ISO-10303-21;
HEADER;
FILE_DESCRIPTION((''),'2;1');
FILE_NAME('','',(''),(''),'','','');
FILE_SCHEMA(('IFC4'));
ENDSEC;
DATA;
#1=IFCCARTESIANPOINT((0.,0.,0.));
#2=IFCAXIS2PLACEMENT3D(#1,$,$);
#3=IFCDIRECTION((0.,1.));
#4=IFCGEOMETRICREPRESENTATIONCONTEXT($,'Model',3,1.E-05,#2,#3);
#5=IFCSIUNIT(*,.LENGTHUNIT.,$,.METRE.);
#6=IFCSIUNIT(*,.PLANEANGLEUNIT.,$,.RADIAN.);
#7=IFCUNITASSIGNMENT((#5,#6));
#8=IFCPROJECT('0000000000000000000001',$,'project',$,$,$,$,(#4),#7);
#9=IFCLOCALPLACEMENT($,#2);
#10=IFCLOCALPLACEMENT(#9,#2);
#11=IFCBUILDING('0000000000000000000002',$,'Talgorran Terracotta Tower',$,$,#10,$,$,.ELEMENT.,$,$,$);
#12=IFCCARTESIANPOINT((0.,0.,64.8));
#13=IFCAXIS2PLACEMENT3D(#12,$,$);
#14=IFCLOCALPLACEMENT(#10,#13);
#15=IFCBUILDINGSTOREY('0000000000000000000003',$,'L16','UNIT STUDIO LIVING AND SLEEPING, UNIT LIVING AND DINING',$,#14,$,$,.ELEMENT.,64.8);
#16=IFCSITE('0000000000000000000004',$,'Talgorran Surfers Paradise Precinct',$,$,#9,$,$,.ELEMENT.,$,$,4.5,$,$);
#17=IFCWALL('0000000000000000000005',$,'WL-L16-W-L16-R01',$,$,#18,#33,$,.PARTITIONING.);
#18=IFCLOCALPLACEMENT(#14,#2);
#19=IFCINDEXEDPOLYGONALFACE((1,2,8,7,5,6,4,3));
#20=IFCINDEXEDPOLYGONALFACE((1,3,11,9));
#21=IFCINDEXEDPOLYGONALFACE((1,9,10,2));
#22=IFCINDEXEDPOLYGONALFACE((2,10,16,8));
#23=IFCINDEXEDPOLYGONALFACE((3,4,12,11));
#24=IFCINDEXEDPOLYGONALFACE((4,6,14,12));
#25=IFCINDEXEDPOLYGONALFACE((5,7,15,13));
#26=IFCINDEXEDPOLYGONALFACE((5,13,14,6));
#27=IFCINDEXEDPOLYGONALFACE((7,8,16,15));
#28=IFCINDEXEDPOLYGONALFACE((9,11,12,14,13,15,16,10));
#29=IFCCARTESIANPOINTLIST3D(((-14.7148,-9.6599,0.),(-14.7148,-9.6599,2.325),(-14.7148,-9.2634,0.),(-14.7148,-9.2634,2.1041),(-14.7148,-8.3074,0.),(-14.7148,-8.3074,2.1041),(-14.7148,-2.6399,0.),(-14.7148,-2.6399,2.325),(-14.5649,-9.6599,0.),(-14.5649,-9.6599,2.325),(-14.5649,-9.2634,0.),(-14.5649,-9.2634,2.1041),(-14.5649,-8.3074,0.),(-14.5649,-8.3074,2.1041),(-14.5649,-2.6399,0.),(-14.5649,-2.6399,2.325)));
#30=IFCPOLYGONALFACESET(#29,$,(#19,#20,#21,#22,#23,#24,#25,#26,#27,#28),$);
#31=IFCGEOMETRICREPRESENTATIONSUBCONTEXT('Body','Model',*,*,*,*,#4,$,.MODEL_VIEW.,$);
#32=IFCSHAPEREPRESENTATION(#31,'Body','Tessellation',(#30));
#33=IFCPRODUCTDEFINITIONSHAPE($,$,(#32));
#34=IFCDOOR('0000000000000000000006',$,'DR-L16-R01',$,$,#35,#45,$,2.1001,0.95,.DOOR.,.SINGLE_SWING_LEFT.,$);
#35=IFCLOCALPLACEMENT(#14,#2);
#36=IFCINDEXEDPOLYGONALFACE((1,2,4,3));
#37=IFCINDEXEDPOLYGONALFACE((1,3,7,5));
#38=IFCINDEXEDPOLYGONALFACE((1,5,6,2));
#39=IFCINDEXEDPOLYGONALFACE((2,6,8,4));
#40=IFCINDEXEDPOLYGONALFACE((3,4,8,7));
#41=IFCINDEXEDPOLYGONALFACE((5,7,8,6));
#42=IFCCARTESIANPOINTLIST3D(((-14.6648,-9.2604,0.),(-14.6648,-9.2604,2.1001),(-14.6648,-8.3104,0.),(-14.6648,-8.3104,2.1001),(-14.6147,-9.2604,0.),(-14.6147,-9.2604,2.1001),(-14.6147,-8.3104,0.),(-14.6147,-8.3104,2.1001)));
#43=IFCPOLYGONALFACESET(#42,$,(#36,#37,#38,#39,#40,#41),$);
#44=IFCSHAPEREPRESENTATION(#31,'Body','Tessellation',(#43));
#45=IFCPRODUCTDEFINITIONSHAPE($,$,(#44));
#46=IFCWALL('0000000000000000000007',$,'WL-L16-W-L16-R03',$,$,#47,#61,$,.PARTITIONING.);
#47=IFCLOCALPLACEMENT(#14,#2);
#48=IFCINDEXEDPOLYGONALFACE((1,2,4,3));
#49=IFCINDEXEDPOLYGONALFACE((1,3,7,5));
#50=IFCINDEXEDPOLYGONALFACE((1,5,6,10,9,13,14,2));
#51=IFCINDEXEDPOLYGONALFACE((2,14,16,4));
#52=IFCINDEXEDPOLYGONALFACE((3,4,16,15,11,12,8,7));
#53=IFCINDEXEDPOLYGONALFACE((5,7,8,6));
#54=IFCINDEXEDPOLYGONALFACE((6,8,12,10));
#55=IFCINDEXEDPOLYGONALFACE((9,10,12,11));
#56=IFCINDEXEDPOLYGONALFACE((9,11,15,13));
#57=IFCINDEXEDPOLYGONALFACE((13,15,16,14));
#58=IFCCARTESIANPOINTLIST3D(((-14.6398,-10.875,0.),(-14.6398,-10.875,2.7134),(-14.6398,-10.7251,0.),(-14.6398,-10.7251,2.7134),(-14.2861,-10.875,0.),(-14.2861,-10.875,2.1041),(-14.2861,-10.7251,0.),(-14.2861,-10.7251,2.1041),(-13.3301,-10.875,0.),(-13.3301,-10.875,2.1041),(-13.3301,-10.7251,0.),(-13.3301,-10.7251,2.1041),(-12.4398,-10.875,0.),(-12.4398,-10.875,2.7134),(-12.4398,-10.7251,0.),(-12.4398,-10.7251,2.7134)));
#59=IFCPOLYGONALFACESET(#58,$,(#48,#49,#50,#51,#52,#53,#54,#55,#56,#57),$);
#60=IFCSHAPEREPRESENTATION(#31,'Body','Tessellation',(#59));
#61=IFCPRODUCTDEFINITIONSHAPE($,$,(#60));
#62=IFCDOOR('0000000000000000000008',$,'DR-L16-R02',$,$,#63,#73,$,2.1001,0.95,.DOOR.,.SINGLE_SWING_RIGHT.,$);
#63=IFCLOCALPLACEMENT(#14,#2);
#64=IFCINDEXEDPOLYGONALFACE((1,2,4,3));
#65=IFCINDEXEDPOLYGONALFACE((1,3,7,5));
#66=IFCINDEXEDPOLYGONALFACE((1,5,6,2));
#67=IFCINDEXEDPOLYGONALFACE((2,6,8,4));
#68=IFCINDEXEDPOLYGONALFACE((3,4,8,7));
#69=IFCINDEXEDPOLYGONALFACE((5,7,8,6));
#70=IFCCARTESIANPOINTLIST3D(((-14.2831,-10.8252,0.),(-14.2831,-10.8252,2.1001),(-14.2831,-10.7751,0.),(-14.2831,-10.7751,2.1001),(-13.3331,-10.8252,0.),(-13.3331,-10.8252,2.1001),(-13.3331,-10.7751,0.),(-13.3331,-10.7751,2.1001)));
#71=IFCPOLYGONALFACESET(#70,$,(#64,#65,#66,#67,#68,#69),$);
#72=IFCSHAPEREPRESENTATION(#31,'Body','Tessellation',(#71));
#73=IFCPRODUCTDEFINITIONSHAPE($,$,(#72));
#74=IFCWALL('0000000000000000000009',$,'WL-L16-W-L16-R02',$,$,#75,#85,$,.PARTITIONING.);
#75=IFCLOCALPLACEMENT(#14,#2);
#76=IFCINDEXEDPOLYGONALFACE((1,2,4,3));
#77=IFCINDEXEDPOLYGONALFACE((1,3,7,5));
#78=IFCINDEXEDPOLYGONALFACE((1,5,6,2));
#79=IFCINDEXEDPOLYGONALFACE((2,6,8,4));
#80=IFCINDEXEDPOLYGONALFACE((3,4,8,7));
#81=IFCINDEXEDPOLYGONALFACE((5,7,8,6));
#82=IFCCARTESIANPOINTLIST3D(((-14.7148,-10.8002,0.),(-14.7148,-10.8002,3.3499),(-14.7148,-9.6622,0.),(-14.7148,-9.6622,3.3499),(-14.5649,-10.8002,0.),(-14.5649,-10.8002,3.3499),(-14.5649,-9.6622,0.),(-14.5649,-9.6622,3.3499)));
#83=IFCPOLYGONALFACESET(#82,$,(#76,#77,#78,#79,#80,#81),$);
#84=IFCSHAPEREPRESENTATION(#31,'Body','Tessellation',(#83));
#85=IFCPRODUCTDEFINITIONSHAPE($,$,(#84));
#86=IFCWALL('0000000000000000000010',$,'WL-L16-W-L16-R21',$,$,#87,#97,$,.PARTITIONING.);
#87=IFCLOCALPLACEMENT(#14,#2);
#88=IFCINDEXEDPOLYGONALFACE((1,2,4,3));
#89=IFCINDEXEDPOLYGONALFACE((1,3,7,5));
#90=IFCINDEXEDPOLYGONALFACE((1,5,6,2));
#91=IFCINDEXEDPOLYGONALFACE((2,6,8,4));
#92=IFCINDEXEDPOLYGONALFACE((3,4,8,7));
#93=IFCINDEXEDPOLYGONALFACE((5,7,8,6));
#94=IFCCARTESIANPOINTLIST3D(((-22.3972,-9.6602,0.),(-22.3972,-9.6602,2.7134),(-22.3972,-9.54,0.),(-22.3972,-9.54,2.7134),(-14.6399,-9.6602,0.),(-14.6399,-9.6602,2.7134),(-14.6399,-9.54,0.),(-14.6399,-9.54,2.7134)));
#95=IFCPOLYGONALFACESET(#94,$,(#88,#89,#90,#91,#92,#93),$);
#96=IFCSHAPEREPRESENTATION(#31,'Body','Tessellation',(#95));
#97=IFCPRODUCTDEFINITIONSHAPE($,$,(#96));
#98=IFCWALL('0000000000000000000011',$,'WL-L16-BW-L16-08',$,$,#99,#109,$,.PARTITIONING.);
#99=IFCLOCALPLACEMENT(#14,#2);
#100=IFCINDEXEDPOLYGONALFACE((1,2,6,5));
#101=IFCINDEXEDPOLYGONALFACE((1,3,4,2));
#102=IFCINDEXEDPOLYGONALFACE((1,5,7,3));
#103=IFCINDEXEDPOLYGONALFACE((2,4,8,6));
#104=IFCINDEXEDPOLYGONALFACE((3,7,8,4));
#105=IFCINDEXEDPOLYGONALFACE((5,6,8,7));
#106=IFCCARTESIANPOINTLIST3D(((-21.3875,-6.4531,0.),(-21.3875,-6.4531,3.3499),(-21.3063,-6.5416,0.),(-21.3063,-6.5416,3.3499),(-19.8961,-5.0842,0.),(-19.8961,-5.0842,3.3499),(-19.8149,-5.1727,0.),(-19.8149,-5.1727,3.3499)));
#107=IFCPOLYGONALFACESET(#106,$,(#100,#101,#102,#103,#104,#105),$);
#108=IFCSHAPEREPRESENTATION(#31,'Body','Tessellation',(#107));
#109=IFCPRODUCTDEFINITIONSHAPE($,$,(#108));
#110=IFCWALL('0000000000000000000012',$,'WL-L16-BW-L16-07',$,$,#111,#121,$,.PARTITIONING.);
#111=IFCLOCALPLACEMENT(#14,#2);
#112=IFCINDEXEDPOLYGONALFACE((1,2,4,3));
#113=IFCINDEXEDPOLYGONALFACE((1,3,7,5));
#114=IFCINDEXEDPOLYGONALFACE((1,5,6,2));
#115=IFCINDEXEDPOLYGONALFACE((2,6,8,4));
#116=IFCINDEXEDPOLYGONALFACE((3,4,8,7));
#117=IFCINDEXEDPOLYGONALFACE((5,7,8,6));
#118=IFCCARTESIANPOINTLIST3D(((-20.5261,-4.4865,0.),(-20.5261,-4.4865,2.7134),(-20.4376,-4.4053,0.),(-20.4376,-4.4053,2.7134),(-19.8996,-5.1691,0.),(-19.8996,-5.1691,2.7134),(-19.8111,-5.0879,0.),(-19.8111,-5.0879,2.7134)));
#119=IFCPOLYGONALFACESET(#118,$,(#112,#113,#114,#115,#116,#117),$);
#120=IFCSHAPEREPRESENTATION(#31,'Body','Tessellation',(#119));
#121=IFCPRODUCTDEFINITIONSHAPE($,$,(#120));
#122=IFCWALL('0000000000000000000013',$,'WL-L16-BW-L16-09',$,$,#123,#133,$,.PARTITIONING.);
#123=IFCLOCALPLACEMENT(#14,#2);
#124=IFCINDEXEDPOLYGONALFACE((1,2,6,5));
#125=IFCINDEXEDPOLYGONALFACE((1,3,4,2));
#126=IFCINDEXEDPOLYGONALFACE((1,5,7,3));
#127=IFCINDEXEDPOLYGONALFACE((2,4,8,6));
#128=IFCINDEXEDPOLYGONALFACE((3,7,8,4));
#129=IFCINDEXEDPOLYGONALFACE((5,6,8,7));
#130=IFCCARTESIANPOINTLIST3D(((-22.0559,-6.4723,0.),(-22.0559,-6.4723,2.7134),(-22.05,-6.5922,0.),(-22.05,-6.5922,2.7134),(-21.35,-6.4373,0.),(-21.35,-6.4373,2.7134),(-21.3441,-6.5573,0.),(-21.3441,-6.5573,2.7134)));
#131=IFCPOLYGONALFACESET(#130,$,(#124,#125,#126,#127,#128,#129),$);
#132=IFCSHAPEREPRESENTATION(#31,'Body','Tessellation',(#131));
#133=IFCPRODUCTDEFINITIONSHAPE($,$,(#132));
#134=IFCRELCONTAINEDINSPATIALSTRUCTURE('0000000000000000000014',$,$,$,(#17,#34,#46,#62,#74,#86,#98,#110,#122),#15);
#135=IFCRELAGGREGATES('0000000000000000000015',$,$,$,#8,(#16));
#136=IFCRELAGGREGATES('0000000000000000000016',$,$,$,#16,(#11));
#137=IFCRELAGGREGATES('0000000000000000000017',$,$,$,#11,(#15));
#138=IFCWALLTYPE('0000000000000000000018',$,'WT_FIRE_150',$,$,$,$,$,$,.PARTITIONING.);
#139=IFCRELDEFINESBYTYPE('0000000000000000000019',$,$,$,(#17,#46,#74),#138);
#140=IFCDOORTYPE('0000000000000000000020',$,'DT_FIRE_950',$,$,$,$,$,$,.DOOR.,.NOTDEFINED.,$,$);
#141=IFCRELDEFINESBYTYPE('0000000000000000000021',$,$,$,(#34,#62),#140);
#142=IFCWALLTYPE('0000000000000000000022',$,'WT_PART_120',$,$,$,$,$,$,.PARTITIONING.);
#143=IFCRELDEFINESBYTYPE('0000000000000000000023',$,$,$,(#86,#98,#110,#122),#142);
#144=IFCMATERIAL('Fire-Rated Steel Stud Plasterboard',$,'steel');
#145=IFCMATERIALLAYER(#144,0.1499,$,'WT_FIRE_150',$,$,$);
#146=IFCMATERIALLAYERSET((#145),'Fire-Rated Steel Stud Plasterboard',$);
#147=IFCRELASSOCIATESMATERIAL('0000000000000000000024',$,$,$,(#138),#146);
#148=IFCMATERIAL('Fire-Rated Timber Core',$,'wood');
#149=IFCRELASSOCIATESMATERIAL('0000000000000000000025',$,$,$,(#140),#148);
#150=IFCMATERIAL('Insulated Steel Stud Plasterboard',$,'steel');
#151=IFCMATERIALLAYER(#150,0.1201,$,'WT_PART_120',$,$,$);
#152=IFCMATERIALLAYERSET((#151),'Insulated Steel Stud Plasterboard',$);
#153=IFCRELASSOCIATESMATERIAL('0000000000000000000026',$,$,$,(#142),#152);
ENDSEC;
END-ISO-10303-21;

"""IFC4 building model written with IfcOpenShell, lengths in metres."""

from ifc_helpers import new_model, si_unit, direction, frame, frame_2d, origin, place, context, subcontext, project, spatial, rectangle, extrude, material, layer, layer_set, type_object, element, fill, save


model = new_model("IFC4")

# Units and contexts
model_context = context("Model", 3, precision=1e-05, world=origin(), true_north=direction((0.0, 1.0)))
body_context = subcontext(model_context, "Body", "Model", "MODEL_VIEW")
ifc_project = project(units=[si_unit("LENGTHUNIT", "METRE"), si_unit("PLANEANGLEUNIT", "RADIAN")], contexts=[model_context])

# Site, building, storey
site_placement = place(None, origin())
site = spatial("IfcSite", under=ifc_project, at=site_placement, Name="Talgorran Surfers Paradise Precinct", CompositionType="ELEMENT", RefElevation=4.5)
building_placement = place(site_placement, origin())
building = spatial("IfcBuilding", under=site, at=building_placement, Name="Talgorran Terracotta Tower", CompositionType="ELEMENT")
storey_placement = place(building_placement, frame((0.0, 0.0, 64.8)))
storey = spatial("IfcBuildingStorey", under=building, at=storey_placement, Name="L16", Description="UNIT STUDIO LIVING AND SLEEPING, UNIT LIVING AND DINING", CompositionType="ELEMENT", Elevation=64.8)

# Walls, openings, doors
ifc_material_1 = material(Name="Fire-Rated Steel Stud Plasterboard", Category="steel")
ifc_layer_1 = layer(ifc_material_1, 0.1499, Name="WT_FIRE_150")
ifc_layer_set_1 = layer_set([ifc_layer_1], Name="Fire-Rated Steel Stud Plasterboard")
wall_type_1 = type_object("IfcWallType", Name="WT_FIRE_150", PredefinedType="PARTITIONING", material=ifc_layer_set_1)
wall_1_placement = place(storey_placement, frame((-14.6399, -9.6599, 0.0), z_axis=(0.0, 0.0, 1.0), x_axis=(0.0, 1.0, 0.0)))
wall_1 = element("IfcWall", 1, at=wall_1_placement, inside=storey, type_object=wall_type_1, Name="WL-L16-W-L16-R01", PredefinedType="PARTITIONING", context=body_context, shape_type="SweptSolid", body=[
    extrude(rectangle(XDim=7.02, YDim=0.1499, at=frame_2d((3.51, 0.0))), origin(), (0.0, 0.0, 1.0), 2.325),
])
opening_1_placement = place(wall_1_placement, frame((0.3994, 0.0, 0.0)))
opening_1 = element("IfcOpeningElement", 2, at=opening_1_placement, cuts=wall_1, PredefinedType="OPENING", context=body_context, shape_type="SweptSolid", body=[
    extrude(rectangle(XDim=0.956, YDim=2.1041, at=frame_2d((0.4751, 1.052))), frame((0.0, 0.085, 0.0), z_axis=(0.0, -1.0, 0.0), x_axis=(1.0, 0.0, 0.0)), (0.0, 0.0, 1.0), 0.1699),
])
ifc_material_2 = material(Name="Fire-Rated Timber Core", Category="wood")
door_type_1 = type_object("IfcDoorType", Name="DT_FIRE_950", OperationType="NOTDEFINED", PredefinedType="DOOR", material=ifc_material_2)
door_1_placement = place(opening_1_placement, origin())
door_1 = element("IfcDoor", 3, at=door_1_placement, inside=storey, type_object=door_type_1, Name="DR-L16-R01", OperationType="SINGLE_SWING_LEFT", OverallHeight=2.1001, OverallWidth=0.95, PredefinedType="DOOR", context=body_context, shape_type="SweptSolid", body=[
    extrude(rectangle(XDim=0.95, YDim=2.1001, at=frame_2d((0.4751, 1.05))), frame((0.0, 0.0249, 0.0), z_axis=(0.0, -1.0, 0.0), x_axis=(1.0, 0.0, 0.0)), (0.0, 0.0, 1.0), 0.05),
])
fill(opening_1, door_1)
wall_2_placement = place(storey_placement, frame((-14.6399, -10.8, 0.0), z_axis=(0.0, 0.0, 1.0), x_axis=(1.0, 0.0, 0.0)))
wall_2 = element("IfcWall", 4, at=wall_2_placement, inside=storey, type_object=wall_type_1, Name="WL-L16-W-L16-R03", PredefinedType="PARTITIONING", context=body_context, shape_type="SweptSolid", body=[
    extrude(rectangle(XDim=2.2, YDim=0.1499, at=frame_2d((1.1001, 0.0))), origin(), (0.0, 0.0, 1.0), 2.7134),
])
opening_2_placement = place(wall_2_placement, frame((0.3567, 0.0, 0.0)))
opening_2 = element("IfcOpeningElement", 5, at=opening_2_placement, cuts=wall_2, PredefinedType="OPENING", context=body_context, shape_type="SweptSolid", body=[
    extrude(rectangle(XDim=0.956, YDim=2.1041, at=frame_2d((0.4751, 1.052))), frame((0.0, 0.085, 0.0), z_axis=(0.0, -1.0, 0.0), x_axis=(1.0, 0.0, 0.0)), (0.0, 0.0, 1.0), 0.1699),
])
door_2_placement = place(opening_2_placement, origin())
door_2 = element("IfcDoor", 6, at=door_2_placement, inside=storey, type_object=door_type_1, Name="DR-L16-R02", OperationType="SINGLE_SWING_RIGHT", OverallHeight=2.1001, OverallWidth=0.95, PredefinedType="DOOR", context=body_context, shape_type="SweptSolid", body=[
    extrude(rectangle(XDim=0.95, YDim=2.1001, at=frame_2d((0.4751, 1.05))), frame((0.0, 0.0249, 0.0), z_axis=(0.0, -1.0, 0.0), x_axis=(1.0, 0.0, 0.0)), (0.0, 0.0, 1.0), 0.05),
])
fill(opening_2, door_2)

# Walls
wall_3_placement = place(storey_placement, frame((-14.6399, -10.8, 0.0), z_axis=(0.0, 0.0, 1.0), x_axis=(0.0, 1.0, 0.0)))
element("IfcWall", 7, at=wall_3_placement, inside=storey, type_object=wall_type_1, Name="WL-L16-W-L16-R02", PredefinedType="PARTITIONING", context=body_context, shape_type="SweptSolid", body=[
    extrude(rectangle(XDim=1.1379, YDim=0.1499, at=frame_2d((0.5688, 0.0))), origin(), (0.0, 0.0, 1.0), 3.3499),
])
ifc_material_3 = material(Name="Insulated Steel Stud Plasterboard", Category="steel")
ifc_layer_2 = layer(ifc_material_3, 0.1201, Name="WT_PART_120")
ifc_layer_set_2 = layer_set([ifc_layer_2], Name="Insulated Steel Stud Plasterboard")
wall_type_2 = type_object("IfcWallType", Name="WT_PART_120", PredefinedType="PARTITIONING", material=ifc_layer_set_2)
wall_4_placement = place(storey_placement, frame((-22.3972, -9.6001, 0.0), z_axis=(0.0, 0.0, 1.0), x_axis=(1.0, 0.0, 0.0)))
element("IfcWall", 8, at=wall_4_placement, inside=storey, type_object=wall_type_2, Name="WL-L16-W-L16-R21", PredefinedType="PARTITIONING", context=body_context, shape_type="SweptSolid", body=[
    extrude(rectangle(XDim=7.7573, YDim=0.1201, at=frame_2d((3.8787, 0.0))), origin(), (0.0, 0.0, 1.0), 2.7134),
])
wall_5_placement = place(storey_placement, frame((-19.8555, -5.1284, 0.0), z_axis=(0.0, 0.0, 1.0), x_axis=(-0.736728, -0.676189, 0.0)))
element("IfcWall", 9, at=wall_5_placement, inside=storey, type_object=wall_type_2, Name="WL-L16-BW-L16-08", PredefinedType="PARTITIONING", context=body_context, shape_type="SweptSolid", body=[
    extrude(rectangle(XDim=2.0244, YDim=0.1201, at=frame_2d((1.0122, 0.0))), origin(), (0.0, 0.0, 1.0), 3.3499),
])
wall_6_placement = place(storey_placement, frame((-20.4819, -4.4458, 0.0), z_axis=(0.0, 0.0, 1.0), x_axis=(0.676154, -0.73676, 0.0)))
element("IfcWall", 10, at=wall_6_placement, inside=storey, type_object=wall_type_2, Name="WL-L16-BW-L16-07", PredefinedType="PARTITIONING", context=body_context, shape_type="SweptSolid", body=[
    extrude(rectangle(XDim=0.9265, YDim=0.1201, at=frame_2d((0.4634, 0.0))), origin(), (0.0, 0.0, 1.0), 2.7134),
])
wall_7_placement = place(storey_placement, frame((-21.3469, -6.4973, 0.0), z_axis=(0.0, 0.0, 1.0), x_axis=(-0.998779, -0.049403, 0.0)))
element("IfcWall", 11, at=wall_7_placement, inside=storey, type_object=wall_type_2, Name="WL-L16-BW-L16-09", PredefinedType="PARTITIONING", context=body_context, shape_type="SweptSolid", body=[
    extrude(rectangle(XDim=0.7068, YDim=0.1201, at=frame_2d((0.3535, 0.0))), origin(), (0.0, 0.0, 1.0), 2.7134),
])

save(model, "model.ifc")
